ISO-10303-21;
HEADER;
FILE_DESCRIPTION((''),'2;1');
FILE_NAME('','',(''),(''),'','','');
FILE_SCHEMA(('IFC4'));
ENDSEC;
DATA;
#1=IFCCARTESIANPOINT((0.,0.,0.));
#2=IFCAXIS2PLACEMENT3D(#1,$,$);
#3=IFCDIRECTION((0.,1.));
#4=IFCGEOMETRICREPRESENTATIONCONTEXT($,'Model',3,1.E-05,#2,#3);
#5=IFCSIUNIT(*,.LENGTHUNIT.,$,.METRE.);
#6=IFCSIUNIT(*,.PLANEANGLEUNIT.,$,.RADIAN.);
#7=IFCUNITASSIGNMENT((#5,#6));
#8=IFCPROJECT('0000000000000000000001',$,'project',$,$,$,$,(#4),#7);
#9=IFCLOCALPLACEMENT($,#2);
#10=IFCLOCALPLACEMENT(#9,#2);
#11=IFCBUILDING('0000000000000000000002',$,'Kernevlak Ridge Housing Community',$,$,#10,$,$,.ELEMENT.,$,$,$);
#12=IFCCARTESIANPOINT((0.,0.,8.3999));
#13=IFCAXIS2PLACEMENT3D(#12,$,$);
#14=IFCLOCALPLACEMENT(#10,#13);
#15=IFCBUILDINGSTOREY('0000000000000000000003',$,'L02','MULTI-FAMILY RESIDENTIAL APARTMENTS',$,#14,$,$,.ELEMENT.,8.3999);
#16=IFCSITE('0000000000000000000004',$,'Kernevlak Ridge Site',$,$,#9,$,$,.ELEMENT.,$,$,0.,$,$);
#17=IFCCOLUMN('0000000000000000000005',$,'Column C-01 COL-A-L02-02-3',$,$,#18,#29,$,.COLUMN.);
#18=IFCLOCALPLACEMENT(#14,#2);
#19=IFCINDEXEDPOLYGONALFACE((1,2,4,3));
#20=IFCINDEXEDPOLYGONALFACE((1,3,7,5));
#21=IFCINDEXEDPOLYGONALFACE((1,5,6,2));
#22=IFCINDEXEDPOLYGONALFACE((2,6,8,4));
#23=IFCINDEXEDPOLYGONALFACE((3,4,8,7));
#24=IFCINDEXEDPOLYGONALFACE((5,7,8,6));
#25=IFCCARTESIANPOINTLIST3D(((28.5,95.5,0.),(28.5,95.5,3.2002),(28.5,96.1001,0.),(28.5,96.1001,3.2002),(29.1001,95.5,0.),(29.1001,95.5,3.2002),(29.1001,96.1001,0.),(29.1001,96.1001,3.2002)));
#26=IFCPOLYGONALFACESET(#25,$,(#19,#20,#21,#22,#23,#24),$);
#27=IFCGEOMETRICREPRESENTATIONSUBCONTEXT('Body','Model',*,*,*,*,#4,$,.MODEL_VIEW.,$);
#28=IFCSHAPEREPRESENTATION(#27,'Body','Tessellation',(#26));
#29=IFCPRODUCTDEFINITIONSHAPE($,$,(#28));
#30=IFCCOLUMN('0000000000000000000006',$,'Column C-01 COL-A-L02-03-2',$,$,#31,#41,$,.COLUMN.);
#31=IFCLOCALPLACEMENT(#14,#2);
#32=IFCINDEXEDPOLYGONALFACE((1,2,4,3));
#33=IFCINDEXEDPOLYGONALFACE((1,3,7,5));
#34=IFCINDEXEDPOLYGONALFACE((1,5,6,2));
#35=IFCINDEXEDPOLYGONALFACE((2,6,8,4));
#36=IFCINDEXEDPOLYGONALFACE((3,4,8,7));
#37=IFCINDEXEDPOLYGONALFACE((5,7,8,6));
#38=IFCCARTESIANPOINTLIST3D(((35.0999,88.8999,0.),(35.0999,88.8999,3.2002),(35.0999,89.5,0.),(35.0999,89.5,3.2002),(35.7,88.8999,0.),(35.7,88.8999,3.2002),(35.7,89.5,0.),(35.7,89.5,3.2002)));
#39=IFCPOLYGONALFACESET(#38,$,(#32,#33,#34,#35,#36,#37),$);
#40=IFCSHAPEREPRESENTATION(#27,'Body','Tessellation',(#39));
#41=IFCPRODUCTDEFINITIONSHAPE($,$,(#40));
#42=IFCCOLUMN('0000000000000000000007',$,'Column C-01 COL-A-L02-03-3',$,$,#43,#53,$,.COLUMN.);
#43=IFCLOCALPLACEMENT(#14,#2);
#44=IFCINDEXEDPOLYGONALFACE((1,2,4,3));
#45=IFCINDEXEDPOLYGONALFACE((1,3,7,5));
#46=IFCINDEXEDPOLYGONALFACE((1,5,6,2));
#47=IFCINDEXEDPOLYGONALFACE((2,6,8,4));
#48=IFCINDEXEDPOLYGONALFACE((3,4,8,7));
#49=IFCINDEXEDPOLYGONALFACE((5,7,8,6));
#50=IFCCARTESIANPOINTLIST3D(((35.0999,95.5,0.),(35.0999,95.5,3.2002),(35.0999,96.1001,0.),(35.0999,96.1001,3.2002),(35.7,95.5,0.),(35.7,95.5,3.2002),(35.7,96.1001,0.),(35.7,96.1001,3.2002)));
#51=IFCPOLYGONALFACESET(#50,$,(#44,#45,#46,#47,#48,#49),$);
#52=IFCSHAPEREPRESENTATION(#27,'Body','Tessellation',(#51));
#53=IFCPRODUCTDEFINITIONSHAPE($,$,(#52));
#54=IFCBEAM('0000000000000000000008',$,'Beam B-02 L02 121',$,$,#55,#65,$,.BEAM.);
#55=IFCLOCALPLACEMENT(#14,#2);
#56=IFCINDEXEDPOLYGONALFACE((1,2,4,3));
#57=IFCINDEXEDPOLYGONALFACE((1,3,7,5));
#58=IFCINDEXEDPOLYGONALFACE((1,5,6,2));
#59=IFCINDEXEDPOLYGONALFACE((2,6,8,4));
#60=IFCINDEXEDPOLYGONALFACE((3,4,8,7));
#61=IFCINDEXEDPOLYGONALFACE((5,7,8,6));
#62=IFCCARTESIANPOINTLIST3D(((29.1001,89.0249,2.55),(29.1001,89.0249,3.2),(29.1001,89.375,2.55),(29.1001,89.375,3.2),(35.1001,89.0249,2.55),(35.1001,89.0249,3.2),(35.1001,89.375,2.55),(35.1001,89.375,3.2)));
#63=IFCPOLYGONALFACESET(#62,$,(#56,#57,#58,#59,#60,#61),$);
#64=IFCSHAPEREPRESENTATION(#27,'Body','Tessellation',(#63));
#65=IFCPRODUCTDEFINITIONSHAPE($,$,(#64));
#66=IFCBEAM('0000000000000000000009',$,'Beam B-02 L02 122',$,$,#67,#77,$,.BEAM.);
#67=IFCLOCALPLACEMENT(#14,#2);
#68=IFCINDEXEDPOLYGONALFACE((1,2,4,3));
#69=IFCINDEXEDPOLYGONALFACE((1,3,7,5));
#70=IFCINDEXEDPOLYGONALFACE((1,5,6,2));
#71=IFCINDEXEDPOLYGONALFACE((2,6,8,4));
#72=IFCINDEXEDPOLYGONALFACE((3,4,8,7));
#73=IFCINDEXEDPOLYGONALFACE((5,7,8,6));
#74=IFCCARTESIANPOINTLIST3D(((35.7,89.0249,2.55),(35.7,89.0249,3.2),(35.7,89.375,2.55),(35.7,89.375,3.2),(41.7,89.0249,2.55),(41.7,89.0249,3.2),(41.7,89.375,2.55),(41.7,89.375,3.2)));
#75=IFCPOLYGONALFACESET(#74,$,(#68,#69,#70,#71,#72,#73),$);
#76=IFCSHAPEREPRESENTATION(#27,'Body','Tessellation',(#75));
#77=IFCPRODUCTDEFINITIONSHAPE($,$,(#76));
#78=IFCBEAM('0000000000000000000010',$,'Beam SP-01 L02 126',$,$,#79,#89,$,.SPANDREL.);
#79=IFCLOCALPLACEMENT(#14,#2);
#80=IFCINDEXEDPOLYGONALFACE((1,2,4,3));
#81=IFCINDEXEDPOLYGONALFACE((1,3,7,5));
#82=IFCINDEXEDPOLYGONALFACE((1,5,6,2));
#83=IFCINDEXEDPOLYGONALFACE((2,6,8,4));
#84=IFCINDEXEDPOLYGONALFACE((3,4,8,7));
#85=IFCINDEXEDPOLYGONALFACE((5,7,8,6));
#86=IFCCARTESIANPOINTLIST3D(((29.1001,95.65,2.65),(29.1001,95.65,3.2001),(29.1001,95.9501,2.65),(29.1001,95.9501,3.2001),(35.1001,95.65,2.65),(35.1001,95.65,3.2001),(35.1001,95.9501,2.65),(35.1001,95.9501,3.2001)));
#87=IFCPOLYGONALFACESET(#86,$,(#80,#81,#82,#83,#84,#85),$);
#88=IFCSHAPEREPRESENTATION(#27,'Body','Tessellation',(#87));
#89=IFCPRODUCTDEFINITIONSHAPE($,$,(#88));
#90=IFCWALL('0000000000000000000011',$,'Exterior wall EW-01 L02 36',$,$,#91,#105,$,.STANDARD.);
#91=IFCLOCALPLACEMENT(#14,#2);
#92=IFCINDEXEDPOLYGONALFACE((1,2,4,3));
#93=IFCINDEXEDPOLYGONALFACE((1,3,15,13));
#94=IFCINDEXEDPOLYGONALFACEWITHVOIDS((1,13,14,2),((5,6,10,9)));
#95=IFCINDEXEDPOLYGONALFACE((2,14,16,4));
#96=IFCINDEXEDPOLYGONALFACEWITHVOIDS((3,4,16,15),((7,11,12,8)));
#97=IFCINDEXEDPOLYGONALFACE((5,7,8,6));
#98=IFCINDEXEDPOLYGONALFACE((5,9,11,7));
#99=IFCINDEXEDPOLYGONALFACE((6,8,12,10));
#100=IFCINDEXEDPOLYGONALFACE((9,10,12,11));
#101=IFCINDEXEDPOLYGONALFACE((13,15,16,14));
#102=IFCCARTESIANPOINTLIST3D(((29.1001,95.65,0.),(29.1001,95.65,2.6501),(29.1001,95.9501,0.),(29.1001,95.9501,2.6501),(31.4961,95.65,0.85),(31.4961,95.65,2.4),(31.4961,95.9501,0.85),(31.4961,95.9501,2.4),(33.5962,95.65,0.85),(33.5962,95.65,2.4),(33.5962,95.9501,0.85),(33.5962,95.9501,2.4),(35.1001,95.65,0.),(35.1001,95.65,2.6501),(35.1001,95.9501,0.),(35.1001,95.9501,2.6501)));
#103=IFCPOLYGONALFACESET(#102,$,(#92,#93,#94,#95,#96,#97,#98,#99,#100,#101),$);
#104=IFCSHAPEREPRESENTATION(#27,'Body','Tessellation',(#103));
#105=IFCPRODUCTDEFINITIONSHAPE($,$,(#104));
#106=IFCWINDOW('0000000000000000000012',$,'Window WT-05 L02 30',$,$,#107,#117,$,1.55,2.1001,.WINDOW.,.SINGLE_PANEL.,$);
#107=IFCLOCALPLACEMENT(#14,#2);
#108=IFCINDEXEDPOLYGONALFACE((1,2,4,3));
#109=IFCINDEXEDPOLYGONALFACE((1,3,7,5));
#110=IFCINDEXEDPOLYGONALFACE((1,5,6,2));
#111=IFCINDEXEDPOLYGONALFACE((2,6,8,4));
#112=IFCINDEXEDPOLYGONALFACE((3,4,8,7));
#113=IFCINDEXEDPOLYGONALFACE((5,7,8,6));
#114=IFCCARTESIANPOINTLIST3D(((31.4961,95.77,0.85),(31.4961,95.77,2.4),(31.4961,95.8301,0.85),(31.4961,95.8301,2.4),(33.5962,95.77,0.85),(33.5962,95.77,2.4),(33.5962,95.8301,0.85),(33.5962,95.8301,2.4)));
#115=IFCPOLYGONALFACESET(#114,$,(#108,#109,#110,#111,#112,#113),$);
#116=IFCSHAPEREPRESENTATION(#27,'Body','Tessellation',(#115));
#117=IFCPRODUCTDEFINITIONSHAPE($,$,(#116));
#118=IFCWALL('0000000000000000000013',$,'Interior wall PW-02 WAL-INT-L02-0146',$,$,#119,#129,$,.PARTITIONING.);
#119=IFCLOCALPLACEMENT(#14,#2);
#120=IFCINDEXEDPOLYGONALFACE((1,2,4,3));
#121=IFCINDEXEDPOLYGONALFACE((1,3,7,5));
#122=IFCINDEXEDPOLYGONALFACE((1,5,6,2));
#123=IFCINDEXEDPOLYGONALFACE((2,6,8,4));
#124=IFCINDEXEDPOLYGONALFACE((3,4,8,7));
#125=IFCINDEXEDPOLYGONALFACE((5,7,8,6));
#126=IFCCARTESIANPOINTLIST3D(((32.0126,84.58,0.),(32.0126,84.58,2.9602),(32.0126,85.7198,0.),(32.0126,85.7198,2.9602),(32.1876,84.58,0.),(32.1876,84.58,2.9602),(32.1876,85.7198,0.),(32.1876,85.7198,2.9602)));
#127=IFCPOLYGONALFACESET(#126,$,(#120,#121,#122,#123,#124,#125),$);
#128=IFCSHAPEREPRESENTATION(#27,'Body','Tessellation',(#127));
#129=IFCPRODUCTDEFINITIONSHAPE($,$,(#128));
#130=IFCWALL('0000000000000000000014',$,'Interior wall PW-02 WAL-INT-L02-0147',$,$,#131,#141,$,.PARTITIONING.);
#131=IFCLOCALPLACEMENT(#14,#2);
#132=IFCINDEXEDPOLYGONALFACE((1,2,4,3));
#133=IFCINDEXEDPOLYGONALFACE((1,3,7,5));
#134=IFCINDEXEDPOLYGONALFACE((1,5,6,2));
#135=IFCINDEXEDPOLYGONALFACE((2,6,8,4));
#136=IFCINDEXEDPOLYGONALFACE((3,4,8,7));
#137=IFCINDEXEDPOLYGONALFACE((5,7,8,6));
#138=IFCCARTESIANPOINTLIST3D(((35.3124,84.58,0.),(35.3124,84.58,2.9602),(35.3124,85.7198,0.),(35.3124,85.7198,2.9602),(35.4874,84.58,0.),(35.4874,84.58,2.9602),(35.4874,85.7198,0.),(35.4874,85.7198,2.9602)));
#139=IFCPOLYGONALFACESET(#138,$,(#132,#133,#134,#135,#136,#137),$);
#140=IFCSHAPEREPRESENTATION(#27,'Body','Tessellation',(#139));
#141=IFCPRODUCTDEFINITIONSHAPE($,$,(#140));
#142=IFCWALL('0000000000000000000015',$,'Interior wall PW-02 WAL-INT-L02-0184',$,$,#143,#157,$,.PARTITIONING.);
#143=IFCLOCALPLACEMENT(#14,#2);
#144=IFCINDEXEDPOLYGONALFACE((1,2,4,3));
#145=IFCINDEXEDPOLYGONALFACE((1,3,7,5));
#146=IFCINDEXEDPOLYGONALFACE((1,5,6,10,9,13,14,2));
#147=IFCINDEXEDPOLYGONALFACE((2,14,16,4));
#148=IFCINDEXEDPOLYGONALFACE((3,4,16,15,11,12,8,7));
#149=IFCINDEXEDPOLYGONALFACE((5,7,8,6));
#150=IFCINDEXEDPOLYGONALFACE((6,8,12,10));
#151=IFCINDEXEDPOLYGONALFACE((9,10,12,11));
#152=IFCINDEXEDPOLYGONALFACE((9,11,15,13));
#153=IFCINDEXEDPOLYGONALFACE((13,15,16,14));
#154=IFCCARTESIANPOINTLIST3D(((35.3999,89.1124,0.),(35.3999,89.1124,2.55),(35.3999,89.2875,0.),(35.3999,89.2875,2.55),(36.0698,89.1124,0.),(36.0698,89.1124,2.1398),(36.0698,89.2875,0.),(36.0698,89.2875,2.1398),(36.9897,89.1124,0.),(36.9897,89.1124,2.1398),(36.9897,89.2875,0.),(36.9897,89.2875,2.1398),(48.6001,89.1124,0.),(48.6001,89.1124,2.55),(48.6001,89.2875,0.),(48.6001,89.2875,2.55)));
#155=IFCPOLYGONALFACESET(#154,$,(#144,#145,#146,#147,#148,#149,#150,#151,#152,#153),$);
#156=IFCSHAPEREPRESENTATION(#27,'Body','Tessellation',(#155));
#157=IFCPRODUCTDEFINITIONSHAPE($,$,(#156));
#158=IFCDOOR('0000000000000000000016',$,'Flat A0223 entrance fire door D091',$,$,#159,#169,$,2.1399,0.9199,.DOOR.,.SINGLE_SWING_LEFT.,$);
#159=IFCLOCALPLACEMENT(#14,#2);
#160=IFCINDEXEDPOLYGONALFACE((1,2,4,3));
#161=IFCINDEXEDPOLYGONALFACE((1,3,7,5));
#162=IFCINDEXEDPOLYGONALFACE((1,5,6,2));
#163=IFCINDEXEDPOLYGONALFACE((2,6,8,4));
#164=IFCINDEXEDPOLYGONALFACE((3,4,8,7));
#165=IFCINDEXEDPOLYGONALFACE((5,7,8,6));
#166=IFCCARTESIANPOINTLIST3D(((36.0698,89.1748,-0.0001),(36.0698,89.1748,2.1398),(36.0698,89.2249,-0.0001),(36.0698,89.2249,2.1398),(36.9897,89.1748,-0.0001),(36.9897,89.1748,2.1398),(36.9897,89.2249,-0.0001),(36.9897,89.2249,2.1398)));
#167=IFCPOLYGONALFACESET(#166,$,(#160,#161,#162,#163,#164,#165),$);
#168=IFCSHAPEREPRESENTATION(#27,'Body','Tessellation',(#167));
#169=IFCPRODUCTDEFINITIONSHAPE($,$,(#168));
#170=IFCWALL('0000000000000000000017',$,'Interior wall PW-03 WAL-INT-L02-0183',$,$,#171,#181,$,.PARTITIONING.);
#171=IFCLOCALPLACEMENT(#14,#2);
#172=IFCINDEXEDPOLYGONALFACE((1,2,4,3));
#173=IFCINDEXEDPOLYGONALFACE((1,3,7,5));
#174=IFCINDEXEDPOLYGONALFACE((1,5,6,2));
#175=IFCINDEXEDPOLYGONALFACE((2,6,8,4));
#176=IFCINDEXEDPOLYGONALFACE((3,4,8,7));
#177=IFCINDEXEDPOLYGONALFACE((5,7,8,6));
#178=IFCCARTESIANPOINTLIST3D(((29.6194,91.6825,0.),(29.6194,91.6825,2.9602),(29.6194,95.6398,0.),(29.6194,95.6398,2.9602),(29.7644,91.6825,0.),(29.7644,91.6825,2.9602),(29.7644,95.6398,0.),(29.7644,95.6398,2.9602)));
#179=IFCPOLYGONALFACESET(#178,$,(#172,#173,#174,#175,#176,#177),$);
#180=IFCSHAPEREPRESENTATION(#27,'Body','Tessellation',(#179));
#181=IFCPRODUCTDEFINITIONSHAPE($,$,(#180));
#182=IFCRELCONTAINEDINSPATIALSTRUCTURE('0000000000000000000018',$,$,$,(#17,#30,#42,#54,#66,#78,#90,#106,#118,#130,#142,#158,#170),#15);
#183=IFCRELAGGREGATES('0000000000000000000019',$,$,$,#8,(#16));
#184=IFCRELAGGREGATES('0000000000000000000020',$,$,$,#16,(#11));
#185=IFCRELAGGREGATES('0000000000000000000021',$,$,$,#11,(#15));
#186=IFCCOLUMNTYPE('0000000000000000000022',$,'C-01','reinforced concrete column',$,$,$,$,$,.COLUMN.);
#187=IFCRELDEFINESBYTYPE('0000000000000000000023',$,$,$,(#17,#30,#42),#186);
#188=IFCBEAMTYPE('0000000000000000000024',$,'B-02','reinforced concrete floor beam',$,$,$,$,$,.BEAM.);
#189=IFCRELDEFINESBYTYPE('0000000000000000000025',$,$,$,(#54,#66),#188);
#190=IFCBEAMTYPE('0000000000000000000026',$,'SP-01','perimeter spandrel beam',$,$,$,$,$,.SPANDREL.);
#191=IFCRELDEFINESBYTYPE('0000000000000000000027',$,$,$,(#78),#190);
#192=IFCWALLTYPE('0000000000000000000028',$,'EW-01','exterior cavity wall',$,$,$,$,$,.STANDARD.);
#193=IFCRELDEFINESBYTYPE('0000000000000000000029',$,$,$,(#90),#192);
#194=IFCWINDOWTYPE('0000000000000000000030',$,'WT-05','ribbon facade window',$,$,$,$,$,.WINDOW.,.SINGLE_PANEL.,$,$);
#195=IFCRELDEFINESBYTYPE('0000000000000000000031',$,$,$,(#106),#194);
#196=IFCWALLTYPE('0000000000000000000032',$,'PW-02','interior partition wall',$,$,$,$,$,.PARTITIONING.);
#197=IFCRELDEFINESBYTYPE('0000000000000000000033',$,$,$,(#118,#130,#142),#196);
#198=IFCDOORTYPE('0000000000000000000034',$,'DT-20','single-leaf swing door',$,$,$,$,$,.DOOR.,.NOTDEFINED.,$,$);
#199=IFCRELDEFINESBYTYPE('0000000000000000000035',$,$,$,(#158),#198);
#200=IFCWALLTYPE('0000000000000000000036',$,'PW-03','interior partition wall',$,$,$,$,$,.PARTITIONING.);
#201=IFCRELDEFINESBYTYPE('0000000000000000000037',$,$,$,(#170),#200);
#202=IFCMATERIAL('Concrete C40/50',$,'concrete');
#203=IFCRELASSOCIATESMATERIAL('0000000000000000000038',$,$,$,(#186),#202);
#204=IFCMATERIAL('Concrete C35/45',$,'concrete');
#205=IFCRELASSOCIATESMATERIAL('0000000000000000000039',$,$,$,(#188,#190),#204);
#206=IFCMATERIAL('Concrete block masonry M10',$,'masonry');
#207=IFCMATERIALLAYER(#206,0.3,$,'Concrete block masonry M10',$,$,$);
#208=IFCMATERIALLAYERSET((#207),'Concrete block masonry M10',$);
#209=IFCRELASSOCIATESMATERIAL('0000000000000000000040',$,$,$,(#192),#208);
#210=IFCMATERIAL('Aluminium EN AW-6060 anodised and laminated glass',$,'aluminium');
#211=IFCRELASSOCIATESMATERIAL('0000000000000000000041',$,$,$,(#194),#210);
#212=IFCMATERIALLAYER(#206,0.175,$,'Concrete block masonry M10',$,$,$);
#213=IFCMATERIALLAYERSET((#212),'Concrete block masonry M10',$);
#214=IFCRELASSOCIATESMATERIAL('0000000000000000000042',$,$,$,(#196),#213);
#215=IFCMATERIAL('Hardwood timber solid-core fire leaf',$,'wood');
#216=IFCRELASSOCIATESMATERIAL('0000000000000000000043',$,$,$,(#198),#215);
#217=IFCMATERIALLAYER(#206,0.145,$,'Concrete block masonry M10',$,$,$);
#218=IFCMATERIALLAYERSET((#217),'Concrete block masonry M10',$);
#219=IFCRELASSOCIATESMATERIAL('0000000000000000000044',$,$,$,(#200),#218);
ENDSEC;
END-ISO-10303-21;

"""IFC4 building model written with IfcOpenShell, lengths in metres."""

from ifc_helpers import new_model, si_unit, direction, frame, frame_2d, origin, origin_2d, place, context, subcontext, project, spatial, rectangle, extrude, material, layer, layer_set, material_profile, profile_set, type_object, element, fill, save


model = new_model("IFC4")

# Units and contexts
model_context = context("Model", 3, precision=1e-05, world=origin(), true_north=direction((0.0, 1.0)))
body_context = subcontext(model_context, "Body", "Model", "MODEL_VIEW")
ifc_project = project(units=[si_unit("LENGTHUNIT", "METRE"), si_unit("PLANEANGLEUNIT", "RADIAN")], contexts=[model_context])

# Site, building, storey
site_placement = place(None, origin())
site = spatial("IfcSite", under=ifc_project, at=site_placement, Name="Kernevlak Ridge Site", CompositionType="ELEMENT", RefElevation=0.0)
building_placement = place(site_placement, origin())
building = spatial("IfcBuilding", under=site, at=building_placement, Name="Kernevlak Ridge Housing Community", CompositionType="ELEMENT")
storey_placement = place(building_placement, frame((0.0, 0.0, 8.3999)))
storey = spatial("IfcBuildingStorey", under=building, at=storey_placement, Name="L02", Description="MULTI-FAMILY RESIDENTIAL APARTMENTS", CompositionType="ELEMENT", Elevation=8.3999)

# Columns
ifc_material_1 = material(Name="Concrete C40/50", Category="concrete")
ifc_material_profile_1 = material_profile(ifc_material_1, rectangle(XDim=0.6001, YDim=0.6001, at=origin_2d()), Name="RC 600x600")
ifc_profile_set_1 = profile_set([ifc_material_profile_1], Name="Concrete C40/50")
column_type = type_object("IfcColumnType", Name="C-01", Description="reinforced concrete column", PredefinedType="COLUMN", material=ifc_profile_set_1)
for number, where, z_axis, x_axis, name in (
    (1, (28.8, 95.8, 0.0), (0.0, 0.0, 1.0), (1.0, 0.0, 0.0), "Column C-01 COL-A-L02-02-3"),
    (2, (35.3999, 89.2, 0.0), (0.0, 0.0, 1.0), (1.0, 0.0, 0.0), "Column C-01 COL-A-L02-03-2"),
    (3, (35.3999, 95.8, 0.0), (0.0, 0.0, 1.0), (1.0, 0.0, 0.0), "Column C-01 COL-A-L02-03-3"),
):
    element("IfcColumn", number, at=place(storey_placement, frame(where, z_axis=z_axis, x_axis=x_axis)), inside=storey, type_object=column_type, Name=name, PredefinedType="COLUMN", context=body_context, shape_type="SweptSolid", body=[
        extrude(rectangle(XDim=0.6001, YDim=0.6001, at=origin_2d()), origin(), (0.0, 0.0, 1.0), 3.2002),
    ])

# Beams
ifc_material_2 = material(Name="Concrete C35/45", Category="concrete")
ifc_material_profile_2 = material_profile(ifc_material_2, rectangle(XDim=0.3501, YDim=0.6499, at=origin_2d()), Name="RC 350x650")
ifc_profile_set_2 = profile_set([ifc_material_profile_2], Name="Concrete C35/45")
beam_type_1 = type_object("IfcBeamType", Name="B-02", Description="reinforced concrete floor beam", PredefinedType="BEAM", material=ifc_profile_set_2)
for number, where, z_axis, x_axis, name in (
    (4, (29.1001, 89.2, 2.875), (1.0, 0.0, 0.0), (0.0, 1.0, 0.0), "Beam B-02 L02 121"),
    (5, (35.7, 89.2, 2.875), (1.0, 0.0, 0.0), (0.0, 1.0, 0.0), "Beam B-02 L02 122"),
):
    element("IfcBeam", number, at=place(storey_placement, frame(where, z_axis=z_axis, x_axis=x_axis)), inside=storey, type_object=beam_type_1, Name=name, PredefinedType="BEAM", context=body_context, shape_type="SweptSolid", body=[
        extrude(rectangle(XDim=0.3501, YDim=0.6499, at=origin_2d()), origin(), (0.0, 0.0, 1.0), 6.0),
    ])
ifc_material_profile_3 = material_profile(ifc_material_2, rectangle(XDim=0.3, YDim=0.55, at=origin_2d()), Name="RC 300x550")
ifc_profile_set_3 = profile_set([ifc_material_profile_3], Name="Concrete C35/45")
beam_type_2 = type_object("IfcBeamType", Name="SP-01", Description="perimeter spandrel beam", PredefinedType="SPANDREL", material=ifc_profile_set_3)
beam_placement = place(storey_placement, frame((29.1001, 95.8, 2.925), z_axis=(1.0, 0.0, 0.0), x_axis=(0.0, 1.0, 0.0)))
element("IfcBeam", 6, at=beam_placement, inside=storey, type_object=beam_type_2, Name="Beam SP-01 L02 126", PredefinedType="SPANDREL", context=body_context, shape_type="SweptSolid", body=[
    extrude(rectangle(XDim=0.3, YDim=0.55, at=origin_2d()), origin(), (0.0, 0.0, 1.0), 6.0),
])

# Wall, opening, window
ifc_material_3 = material(Name="Concrete block masonry M10", Category="masonry")
ifc_layer_1 = layer(ifc_material_3, 0.3, Name="Concrete block masonry M10")
ifc_layer_set_1 = layer_set([ifc_layer_1], Name="Concrete block masonry M10")
wall_type_1 = type_object("IfcWallType", Name="EW-01", Description="exterior cavity wall", PredefinedType="STANDARD", material=ifc_layer_set_1)
wall_1_placement = place(storey_placement, frame((29.1001, 95.8, 0.0), z_axis=(0.0, 0.0, 1.0), x_axis=(1.0, 0.0, 0.0)))
wall_1 = element("IfcWall", 7, at=wall_1_placement, inside=storey, type_object=wall_type_1, Name="Exterior wall EW-01 L02 36", PredefinedType="STANDARD", context=body_context, shape_type="SweptSolid", body=[
    extrude(rectangle(XDim=6.0, YDim=0.3, at=frame_2d((3.0, 0.0))), origin(), (0.0, 0.0, 1.0), 2.6501),
])
opening_1_placement = place(wall_1_placement, frame((2.396, 0.0, 0.8501)))
opening_1 = element("IfcOpeningElement", 8, at=opening_1_placement, cuts=wall_1, PredefinedType="OPENING", context=body_context, shape_type="SweptSolid", body=[
    extrude(rectangle(XDim=2.1001, YDim=1.55, at=frame_2d((1.05, 0.7749))), frame((0.0, 0.1599, 0.0), z_axis=(0.0, -1.0, 0.0), x_axis=(1.0, 0.0, 0.0)), (0.0, 0.0, 1.0), 0.3201),
])
ifc_material_4 = material(Name="Aluminium EN AW-6060 anodised and laminated glass", Category="aluminium")
window_type = type_object("IfcWindowType", Name="WT-05", Description="ribbon facade window", PartitioningType="SINGLE_PANEL", PredefinedType="WINDOW", material=ifc_material_4)
window_placement = place(opening_1_placement, origin())
window = element("IfcWindow", 9, at=window_placement, inside=storey, type_object=window_type, Name="Window WT-05 L02 30", OverallHeight=1.55, OverallWidth=2.1001, PartitioningType="SINGLE_PANEL", PredefinedType="WINDOW", context=body_context, shape_type="SweptSolid", body=[
    extrude(rectangle(XDim=2.1001, YDim=1.55, at=frame_2d((1.05, 0.7749))), frame((0.0, 0.03, 0.0), z_axis=(0.0, -1.0, 0.0), x_axis=(1.0, 0.0, 0.0)), (0.0, 0.0, 1.0), 0.0601),
])
fill(opening_1, window)

# Walls
ifc_layer_2 = layer(ifc_material_3, 0.175, Name="Concrete block masonry M10")
ifc_layer_set_2 = layer_set([ifc_layer_2], Name="Concrete block masonry M10")
wall_type_2 = type_object("IfcWallType", Name="PW-02", Description="interior partition wall", PredefinedType="PARTITIONING", material=ifc_layer_set_2)
for number, where, z_axis, x_axis, name in (
    (10, (32.1001, 84.5801, 0.0), (0.0, 0.0, 1.0), (0.0, 1.0, 0.0), "Interior wall PW-02 WAL-INT-L02-0146"),
    (11, (35.3999, 84.5801, 0.0), (0.0, 0.0, 1.0), (0.0, 1.0, 0.0), "Interior wall PW-02 WAL-INT-L02-0147"),
):
    element("IfcWall", number, at=place(storey_placement, frame(where, z_axis=z_axis, x_axis=x_axis)), inside=storey, type_object=wall_type_2, Name=name, PredefinedType="PARTITIONING", context=body_context, shape_type="SweptSolid", body=[
        extrude(rectangle(XDim=1.1399, YDim=0.175, at=frame_2d((0.5698, 0.0))), origin(), (0.0, 0.0, 1.0), 2.9602),
    ])

# Wall, opening, door
wall_2_placement = place(storey_placement, frame((35.3999, 89.2, 0.0), z_axis=(0.0, 0.0, 1.0), x_axis=(1.0, 0.0, 0.0)))
wall_2 = element("IfcWall", 12, at=wall_2_placement, inside=storey, type_object=wall_type_2, Name="Interior wall PW-02 WAL-INT-L02-0184", PredefinedType="PARTITIONING", context=body_context, shape_type="SweptSolid", body=[
    extrude(rectangle(XDim=13.2002, YDim=0.175, at=frame_2d((6.6001, 0.0))), origin(), (0.0, 0.0, 1.0), 2.55),
])
opening_2_placement = place(wall_2_placement, frame((0.6699, 0.0, 0.0)))
opening_2 = element("IfcOpeningElement", 13, at=opening_2_placement, cuts=wall_2, PredefinedType="OPENING", context=body_context, shape_type="SweptSolid", body=[
    extrude(rectangle(XDim=0.9199, YDim=2.1399, at=frame_2d((0.46, 1.0698))), frame((0.0, 0.0974, 0.0), z_axis=(0.0, -1.0, 0.0), x_axis=(1.0, 0.0, 0.0)), (0.0, 0.0, 1.0), 0.1951),
])
ifc_material_5 = material(Name="Hardwood timber solid-core fire leaf", Category="wood")
door_type_1 = type_object("IfcDoorType", Name="DT-20", Description="single-leaf swing door", OperationType="NOTDEFINED", PredefinedType="DOOR", material=ifc_material_5)
door_1_placement = place(opening_2_placement, origin())
door_1 = element("IfcDoor", 14, at=door_1_placement, inside=storey, type_object=door_type_1, Name="Flat A0223 entrance fire door D091", OperationType="SINGLE_SWING_LEFT", OverallHeight=2.1399, OverallWidth=0.9199, PredefinedType="DOOR", context=body_context, shape_type="SweptSolid", body=[
    extrude(rectangle(XDim=0.9199, YDim=2.1399, at=frame_2d((0.46, 1.0698))), frame((0.0, 0.0249, 0.0), z_axis=(0.0, -1.0, 0.0), x_axis=(1.0, 0.0, 0.0)), (0.0, 0.0, 1.0), 0.05),
])
fill(opening_2, door_1)

# Wall
ifc_layer_3 = layer(ifc_material_3, 0.145, Name="Concrete block masonry M10")
ifc_layer_set_3 = layer_set([ifc_layer_3], Name="Concrete block masonry M10")
wall_type_3 = type_object("IfcWallType", Name="PW-03", Description="interior partition wall", PredefinedType="PARTITIONING", material=ifc_layer_set_3)
wall_3_placement = place(storey_placement, frame((29.6919, 91.6826, 0.0), z_axis=(0.0, 0.0, 1.0), x_axis=(0.0, 1.0, 0.0)))
element("IfcWall", 15, at=wall_3_placement, inside=storey, type_object=wall_type_3, Name="Interior wall PW-03 WAL-INT-L02-0183", PredefinedType="PARTITIONING", context=body_context, shape_type="SweptSolid", body=[
    extrude(rectangle(XDim=3.9573, YDim=0.145, at=frame_2d((1.9785, 0.0))), origin(), (0.0, 0.0, 1.0), 2.9602),
])

save(model, "model.ifc")
